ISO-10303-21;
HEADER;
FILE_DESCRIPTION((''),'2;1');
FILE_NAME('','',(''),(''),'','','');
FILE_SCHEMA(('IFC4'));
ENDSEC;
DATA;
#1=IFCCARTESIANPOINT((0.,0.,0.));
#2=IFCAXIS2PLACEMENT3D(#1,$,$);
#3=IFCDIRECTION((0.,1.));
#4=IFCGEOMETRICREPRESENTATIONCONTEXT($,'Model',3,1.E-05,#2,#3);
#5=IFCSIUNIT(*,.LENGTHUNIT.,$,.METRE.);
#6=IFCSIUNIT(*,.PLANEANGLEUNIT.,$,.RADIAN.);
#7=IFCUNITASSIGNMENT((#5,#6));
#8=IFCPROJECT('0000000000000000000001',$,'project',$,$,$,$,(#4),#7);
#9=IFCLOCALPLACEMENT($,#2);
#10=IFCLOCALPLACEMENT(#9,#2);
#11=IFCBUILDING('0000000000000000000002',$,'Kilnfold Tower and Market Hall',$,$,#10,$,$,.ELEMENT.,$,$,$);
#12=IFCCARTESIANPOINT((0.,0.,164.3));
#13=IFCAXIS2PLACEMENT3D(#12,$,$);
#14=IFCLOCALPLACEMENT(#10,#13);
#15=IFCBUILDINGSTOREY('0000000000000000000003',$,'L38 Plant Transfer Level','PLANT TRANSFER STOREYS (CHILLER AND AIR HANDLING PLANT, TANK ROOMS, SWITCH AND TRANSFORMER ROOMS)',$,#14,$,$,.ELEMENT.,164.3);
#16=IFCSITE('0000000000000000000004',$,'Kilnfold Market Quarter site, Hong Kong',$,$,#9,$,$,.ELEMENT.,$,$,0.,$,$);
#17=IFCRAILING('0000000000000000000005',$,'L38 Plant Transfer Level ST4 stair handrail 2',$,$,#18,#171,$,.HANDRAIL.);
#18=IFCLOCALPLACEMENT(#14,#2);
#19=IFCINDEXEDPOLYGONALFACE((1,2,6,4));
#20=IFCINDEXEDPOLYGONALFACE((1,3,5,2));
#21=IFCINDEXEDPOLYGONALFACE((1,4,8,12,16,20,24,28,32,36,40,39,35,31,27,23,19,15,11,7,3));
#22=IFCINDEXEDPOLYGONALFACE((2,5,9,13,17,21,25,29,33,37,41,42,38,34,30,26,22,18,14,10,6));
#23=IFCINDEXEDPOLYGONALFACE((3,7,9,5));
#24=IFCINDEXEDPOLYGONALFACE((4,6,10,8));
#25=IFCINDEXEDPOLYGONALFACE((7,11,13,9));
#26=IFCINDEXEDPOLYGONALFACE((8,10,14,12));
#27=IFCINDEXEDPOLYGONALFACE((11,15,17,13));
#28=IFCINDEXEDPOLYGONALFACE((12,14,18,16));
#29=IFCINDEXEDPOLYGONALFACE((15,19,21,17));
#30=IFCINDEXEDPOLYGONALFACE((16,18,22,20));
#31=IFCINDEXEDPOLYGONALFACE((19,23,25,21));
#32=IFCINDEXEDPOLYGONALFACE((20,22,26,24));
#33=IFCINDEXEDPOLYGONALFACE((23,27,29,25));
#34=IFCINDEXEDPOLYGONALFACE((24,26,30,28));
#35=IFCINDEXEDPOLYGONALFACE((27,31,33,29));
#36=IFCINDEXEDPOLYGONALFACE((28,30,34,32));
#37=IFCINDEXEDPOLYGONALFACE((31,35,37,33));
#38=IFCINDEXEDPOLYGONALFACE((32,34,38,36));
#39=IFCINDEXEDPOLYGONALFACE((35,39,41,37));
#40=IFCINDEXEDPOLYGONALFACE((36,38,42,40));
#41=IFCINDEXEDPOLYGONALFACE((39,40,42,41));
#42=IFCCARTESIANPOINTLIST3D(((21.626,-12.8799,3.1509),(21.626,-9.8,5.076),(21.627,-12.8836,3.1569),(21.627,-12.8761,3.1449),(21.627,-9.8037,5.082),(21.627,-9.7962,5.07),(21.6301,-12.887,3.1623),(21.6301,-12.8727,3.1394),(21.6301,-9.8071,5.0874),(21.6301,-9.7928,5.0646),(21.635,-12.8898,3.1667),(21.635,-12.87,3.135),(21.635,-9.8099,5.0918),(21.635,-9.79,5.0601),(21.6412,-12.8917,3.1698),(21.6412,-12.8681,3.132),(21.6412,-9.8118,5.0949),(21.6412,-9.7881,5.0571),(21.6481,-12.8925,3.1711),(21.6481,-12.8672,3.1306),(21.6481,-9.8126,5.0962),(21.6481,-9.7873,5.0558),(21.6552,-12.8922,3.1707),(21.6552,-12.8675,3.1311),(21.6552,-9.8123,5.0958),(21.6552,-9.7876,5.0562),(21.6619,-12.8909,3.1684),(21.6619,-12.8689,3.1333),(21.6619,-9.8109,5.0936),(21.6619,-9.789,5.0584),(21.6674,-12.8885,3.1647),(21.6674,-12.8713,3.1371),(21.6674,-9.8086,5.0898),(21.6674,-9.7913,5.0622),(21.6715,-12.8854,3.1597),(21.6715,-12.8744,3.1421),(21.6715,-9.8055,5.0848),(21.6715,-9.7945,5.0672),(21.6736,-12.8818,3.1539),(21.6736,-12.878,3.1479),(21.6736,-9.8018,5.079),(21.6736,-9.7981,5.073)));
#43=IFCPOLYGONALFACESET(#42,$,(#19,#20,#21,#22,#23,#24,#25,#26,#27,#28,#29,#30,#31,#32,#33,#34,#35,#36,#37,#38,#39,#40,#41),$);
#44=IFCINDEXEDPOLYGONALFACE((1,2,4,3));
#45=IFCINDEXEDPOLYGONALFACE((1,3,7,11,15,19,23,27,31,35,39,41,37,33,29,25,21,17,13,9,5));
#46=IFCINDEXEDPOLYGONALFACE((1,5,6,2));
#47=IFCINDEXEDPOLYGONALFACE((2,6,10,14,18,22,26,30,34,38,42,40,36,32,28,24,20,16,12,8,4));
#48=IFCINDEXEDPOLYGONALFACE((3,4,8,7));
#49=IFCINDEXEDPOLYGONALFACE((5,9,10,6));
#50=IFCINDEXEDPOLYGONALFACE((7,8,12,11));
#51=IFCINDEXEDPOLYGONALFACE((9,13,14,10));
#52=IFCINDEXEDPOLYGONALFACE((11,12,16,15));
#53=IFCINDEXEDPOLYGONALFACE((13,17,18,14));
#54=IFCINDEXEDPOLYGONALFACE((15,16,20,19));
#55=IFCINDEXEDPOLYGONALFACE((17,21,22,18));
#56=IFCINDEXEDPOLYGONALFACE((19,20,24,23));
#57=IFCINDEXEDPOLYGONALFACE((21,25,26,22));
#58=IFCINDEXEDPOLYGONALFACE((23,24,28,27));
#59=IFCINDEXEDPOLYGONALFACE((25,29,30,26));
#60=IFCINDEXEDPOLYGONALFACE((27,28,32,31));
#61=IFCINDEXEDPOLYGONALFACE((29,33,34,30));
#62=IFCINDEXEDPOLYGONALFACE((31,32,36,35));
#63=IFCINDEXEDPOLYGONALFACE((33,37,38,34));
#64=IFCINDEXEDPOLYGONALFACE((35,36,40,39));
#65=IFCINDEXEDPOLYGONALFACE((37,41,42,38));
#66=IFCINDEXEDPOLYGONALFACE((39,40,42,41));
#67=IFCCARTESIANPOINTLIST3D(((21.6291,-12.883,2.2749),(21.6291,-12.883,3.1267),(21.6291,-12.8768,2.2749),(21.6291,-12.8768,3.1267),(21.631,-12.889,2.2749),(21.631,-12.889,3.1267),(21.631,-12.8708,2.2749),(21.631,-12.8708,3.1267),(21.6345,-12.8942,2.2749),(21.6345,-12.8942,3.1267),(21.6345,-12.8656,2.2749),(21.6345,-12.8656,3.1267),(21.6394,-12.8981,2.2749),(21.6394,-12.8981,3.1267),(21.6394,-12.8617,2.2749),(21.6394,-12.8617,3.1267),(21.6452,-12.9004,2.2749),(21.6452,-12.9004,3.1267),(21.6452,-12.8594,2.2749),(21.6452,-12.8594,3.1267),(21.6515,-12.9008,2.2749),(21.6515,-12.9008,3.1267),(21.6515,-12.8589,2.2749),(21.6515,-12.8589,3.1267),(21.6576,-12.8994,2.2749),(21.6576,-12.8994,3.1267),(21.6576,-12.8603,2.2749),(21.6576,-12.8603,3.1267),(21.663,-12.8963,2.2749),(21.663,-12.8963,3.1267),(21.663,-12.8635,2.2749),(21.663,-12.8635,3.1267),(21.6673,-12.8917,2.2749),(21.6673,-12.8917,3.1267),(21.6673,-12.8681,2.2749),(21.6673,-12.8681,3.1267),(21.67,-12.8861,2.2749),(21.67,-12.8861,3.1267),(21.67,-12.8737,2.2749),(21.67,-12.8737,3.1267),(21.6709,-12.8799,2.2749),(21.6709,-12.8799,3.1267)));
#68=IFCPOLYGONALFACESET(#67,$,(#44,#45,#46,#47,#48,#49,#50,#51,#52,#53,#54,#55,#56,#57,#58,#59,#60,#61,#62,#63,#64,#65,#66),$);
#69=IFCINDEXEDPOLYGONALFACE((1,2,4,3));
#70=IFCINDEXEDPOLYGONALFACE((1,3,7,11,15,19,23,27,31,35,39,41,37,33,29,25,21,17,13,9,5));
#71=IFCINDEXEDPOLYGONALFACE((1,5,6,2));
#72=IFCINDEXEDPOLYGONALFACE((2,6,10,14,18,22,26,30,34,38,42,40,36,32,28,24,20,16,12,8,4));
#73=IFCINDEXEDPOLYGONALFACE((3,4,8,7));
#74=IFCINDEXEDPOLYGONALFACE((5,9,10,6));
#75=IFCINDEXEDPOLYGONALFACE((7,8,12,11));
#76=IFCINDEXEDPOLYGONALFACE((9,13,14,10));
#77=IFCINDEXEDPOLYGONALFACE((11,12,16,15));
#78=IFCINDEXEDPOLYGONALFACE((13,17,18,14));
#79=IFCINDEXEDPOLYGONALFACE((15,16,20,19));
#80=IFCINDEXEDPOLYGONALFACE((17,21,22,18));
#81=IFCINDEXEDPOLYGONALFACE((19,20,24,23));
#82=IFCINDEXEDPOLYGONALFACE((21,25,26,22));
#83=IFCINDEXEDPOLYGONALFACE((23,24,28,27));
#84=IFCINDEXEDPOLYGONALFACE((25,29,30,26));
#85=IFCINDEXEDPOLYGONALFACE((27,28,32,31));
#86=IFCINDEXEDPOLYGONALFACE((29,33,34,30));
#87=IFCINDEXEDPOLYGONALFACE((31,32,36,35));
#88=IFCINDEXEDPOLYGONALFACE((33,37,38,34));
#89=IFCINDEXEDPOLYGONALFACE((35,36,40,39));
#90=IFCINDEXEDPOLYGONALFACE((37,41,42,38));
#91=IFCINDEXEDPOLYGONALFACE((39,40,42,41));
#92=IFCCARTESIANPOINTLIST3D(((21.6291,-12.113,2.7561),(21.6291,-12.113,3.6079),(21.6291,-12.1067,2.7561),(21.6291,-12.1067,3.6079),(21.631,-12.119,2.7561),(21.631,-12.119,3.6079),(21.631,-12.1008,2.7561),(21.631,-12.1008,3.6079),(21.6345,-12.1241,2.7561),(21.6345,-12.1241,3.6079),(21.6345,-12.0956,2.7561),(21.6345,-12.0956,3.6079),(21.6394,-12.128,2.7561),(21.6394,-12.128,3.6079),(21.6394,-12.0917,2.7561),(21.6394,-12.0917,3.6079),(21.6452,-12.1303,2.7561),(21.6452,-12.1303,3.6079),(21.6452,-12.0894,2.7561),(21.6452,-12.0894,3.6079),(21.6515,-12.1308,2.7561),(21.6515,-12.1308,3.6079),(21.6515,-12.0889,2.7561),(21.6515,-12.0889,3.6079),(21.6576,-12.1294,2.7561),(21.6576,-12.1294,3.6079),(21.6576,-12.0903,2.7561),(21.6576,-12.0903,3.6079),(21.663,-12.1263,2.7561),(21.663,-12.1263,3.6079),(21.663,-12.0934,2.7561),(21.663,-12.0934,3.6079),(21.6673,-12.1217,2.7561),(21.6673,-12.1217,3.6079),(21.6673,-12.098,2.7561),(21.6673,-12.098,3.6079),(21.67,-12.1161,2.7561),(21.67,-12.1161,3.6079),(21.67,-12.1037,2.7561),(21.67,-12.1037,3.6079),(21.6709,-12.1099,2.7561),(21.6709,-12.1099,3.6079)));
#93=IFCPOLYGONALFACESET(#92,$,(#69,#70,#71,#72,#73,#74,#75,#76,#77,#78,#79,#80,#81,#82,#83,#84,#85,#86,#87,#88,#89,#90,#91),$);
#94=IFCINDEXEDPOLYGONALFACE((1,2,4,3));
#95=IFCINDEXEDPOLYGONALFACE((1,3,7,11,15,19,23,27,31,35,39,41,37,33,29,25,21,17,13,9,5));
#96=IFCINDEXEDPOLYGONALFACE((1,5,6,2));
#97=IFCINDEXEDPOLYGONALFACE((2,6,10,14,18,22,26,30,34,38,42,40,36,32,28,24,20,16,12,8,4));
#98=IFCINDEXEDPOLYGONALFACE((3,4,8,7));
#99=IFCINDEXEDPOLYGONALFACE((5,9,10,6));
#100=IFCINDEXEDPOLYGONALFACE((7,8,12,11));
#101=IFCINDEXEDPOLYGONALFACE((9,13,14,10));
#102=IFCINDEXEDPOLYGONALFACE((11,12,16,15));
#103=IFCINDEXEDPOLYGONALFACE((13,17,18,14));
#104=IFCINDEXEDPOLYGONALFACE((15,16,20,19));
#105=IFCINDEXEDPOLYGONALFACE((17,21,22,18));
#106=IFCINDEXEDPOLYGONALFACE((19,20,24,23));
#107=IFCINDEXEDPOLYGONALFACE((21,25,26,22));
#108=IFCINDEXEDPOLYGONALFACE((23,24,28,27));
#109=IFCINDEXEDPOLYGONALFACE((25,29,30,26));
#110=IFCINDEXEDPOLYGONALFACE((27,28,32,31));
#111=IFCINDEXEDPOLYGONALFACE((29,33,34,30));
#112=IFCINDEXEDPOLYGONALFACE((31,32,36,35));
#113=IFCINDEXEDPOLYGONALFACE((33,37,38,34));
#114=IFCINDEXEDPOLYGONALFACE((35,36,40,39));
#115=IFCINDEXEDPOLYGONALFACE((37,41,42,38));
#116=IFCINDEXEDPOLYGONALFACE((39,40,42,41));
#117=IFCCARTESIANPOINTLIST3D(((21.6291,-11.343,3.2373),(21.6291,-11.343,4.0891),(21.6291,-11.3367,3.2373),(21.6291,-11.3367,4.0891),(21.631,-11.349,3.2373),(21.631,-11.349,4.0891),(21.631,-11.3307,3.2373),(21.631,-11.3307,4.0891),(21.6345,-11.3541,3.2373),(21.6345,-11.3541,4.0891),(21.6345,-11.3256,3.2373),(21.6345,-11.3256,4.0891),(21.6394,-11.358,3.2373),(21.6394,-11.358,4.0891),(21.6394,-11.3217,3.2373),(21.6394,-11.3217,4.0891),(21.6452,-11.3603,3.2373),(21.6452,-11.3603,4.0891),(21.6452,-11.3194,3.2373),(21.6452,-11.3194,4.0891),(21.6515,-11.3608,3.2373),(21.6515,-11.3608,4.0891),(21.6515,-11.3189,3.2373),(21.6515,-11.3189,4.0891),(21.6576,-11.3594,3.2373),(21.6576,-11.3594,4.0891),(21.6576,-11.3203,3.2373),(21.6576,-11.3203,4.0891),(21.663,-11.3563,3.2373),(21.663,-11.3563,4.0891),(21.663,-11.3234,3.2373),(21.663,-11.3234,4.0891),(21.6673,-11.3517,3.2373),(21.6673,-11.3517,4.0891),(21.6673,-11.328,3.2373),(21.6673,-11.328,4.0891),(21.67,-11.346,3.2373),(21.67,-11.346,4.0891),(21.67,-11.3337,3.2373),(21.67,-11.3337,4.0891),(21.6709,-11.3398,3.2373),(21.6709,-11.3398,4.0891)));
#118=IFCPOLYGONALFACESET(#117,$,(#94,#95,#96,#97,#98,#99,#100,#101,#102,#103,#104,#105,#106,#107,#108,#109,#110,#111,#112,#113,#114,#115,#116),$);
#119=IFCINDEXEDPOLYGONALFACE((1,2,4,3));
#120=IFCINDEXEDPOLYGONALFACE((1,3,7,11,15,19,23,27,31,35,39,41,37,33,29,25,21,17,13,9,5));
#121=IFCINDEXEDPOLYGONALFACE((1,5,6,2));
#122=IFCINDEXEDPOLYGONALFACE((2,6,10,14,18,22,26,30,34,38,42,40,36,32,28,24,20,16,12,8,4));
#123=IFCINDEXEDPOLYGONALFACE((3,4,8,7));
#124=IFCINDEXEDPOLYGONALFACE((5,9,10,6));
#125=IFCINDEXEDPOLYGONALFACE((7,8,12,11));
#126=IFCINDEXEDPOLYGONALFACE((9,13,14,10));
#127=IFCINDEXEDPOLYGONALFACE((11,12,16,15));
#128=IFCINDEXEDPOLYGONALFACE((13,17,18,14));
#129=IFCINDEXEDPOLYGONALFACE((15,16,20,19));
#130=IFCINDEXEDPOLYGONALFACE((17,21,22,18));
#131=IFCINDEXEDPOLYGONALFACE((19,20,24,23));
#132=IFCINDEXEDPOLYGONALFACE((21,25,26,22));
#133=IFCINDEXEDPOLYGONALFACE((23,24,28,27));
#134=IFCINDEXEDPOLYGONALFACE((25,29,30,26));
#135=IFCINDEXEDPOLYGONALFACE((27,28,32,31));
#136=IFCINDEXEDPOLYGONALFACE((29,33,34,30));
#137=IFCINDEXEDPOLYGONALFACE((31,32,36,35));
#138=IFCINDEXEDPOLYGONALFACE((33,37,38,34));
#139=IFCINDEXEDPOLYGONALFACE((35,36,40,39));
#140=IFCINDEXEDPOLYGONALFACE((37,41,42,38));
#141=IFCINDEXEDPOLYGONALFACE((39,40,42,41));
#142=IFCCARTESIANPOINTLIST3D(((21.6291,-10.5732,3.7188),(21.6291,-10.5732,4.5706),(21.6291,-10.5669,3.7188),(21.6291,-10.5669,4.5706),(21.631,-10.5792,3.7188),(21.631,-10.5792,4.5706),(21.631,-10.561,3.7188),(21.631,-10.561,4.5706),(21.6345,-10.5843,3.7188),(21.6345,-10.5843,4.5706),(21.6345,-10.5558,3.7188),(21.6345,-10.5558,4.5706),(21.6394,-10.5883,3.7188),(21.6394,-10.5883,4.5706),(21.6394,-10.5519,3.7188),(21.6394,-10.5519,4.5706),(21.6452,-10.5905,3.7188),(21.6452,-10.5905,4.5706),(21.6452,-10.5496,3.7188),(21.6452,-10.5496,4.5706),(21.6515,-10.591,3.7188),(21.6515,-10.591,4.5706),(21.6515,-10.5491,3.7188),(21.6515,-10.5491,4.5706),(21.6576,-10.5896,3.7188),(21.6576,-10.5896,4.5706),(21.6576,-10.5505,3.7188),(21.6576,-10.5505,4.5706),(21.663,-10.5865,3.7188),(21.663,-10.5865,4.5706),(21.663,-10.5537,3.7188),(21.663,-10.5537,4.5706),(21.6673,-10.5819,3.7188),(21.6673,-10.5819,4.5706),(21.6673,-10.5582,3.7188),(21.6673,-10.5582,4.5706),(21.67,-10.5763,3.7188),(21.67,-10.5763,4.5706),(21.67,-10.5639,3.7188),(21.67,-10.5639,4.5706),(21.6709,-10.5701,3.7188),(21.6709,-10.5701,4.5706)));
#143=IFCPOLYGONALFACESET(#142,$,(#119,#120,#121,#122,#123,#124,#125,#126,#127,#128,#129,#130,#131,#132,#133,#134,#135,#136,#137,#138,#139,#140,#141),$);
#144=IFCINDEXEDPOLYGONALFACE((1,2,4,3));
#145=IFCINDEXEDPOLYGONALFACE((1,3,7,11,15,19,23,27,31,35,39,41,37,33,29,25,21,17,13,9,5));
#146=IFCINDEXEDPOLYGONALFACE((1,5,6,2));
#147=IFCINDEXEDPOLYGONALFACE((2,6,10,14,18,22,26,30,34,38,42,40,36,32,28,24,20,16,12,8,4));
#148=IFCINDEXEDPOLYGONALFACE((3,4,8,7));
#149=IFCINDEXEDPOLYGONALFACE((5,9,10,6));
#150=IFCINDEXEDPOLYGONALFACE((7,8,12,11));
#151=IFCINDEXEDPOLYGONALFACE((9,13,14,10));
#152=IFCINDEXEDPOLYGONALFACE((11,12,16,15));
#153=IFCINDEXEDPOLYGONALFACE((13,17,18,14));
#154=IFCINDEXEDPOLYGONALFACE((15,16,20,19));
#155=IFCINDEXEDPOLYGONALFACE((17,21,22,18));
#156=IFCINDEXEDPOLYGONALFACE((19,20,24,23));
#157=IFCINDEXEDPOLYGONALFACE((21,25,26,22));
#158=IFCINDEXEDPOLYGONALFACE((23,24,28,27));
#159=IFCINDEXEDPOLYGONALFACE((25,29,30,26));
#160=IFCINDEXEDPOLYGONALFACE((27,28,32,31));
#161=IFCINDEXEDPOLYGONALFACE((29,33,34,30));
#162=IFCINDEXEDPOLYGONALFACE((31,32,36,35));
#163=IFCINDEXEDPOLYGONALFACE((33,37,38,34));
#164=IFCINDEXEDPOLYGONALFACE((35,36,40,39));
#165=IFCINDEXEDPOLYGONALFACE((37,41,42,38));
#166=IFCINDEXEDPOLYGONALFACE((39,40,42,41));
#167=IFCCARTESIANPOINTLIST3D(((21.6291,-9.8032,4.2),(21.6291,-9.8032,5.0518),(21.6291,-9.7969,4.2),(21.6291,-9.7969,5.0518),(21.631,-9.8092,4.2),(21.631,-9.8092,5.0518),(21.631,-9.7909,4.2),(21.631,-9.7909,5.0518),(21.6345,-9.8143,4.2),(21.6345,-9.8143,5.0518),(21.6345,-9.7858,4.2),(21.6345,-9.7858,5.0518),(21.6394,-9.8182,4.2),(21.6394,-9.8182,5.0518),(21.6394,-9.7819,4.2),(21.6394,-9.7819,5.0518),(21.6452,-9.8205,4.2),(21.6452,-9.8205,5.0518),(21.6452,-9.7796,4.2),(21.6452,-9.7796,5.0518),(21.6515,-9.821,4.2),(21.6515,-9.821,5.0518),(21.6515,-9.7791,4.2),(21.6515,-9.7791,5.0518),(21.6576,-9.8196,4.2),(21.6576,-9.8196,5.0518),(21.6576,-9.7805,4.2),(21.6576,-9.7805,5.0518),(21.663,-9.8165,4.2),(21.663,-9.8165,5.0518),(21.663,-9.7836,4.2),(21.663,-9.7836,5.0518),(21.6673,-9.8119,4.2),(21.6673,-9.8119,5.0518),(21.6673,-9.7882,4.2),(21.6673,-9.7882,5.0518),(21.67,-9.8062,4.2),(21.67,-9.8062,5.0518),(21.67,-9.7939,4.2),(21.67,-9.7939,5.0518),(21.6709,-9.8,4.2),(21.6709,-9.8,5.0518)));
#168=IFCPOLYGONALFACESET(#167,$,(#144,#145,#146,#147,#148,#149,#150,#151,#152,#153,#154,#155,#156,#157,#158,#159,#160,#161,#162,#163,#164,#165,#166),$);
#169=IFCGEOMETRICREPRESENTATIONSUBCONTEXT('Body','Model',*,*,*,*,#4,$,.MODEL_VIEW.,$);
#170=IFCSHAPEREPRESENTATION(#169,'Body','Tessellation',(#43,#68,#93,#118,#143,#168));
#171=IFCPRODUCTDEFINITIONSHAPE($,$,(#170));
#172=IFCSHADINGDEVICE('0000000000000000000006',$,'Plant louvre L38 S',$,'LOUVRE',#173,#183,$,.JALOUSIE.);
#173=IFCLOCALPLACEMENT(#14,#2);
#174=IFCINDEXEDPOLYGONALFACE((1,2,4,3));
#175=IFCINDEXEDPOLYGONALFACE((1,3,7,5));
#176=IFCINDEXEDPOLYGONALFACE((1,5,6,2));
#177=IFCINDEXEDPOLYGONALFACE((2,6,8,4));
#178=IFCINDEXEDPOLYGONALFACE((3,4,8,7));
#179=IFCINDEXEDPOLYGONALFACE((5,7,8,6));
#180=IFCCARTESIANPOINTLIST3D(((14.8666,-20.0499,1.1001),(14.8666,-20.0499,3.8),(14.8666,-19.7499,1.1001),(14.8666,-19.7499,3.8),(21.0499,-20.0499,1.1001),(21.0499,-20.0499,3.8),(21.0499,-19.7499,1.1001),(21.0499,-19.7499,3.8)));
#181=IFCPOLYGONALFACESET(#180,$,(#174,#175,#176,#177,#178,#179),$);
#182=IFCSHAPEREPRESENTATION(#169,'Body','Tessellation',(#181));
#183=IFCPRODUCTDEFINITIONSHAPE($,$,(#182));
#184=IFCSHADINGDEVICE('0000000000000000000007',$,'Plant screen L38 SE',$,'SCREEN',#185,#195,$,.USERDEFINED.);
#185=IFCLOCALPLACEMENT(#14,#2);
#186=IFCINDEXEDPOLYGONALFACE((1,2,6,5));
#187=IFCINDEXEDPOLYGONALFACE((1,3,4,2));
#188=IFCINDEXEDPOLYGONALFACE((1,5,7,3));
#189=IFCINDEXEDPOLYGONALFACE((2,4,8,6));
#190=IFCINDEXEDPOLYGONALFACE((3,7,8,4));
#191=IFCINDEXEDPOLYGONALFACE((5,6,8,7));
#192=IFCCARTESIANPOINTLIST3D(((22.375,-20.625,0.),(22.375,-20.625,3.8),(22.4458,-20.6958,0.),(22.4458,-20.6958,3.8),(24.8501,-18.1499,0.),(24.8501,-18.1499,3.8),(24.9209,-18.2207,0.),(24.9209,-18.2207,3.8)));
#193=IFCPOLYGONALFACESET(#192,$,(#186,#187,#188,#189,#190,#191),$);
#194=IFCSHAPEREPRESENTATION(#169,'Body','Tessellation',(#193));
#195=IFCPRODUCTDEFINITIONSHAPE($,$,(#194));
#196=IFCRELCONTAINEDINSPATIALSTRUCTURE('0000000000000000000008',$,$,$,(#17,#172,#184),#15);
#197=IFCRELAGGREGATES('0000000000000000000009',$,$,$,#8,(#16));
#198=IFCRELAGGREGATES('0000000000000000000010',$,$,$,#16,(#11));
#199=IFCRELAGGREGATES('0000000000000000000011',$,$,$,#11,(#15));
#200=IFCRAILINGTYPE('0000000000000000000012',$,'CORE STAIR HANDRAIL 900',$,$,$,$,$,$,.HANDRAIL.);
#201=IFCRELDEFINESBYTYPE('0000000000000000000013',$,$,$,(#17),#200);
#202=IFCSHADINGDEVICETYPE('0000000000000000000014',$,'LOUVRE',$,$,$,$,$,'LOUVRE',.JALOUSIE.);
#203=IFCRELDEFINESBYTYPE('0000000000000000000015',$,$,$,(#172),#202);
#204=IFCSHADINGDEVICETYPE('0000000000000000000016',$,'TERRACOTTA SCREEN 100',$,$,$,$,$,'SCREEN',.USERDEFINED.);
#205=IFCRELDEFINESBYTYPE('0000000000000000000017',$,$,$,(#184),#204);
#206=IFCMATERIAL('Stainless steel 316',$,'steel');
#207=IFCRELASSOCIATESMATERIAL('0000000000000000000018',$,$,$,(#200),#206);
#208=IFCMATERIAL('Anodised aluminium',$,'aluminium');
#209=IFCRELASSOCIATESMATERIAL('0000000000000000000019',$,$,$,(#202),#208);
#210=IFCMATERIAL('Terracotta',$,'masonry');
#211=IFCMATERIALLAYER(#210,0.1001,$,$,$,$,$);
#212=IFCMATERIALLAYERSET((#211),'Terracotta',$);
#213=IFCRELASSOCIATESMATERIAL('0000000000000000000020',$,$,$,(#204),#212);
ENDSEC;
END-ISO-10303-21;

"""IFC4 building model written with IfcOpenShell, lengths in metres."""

from ifc_helpers import new_model, si_unit, direction, frame, origin, origin_2d, place, context, subcontext, project, spatial, rectangle, circle, extrude, source, transform, mapped, material, layer, layer_set, type_object, element, save


model = new_model("IFC4")

# Units and contexts
model_context = context("Model", 3, precision=1e-05, world=origin(), true_north=direction((0.0, 1.0)))
body_context = subcontext(model_context, "Body", "Model", "MODEL_VIEW")
ifc_project = project(units=[si_unit("LENGTHUNIT", "METRE"), si_unit("PLANEANGLEUNIT", "RADIAN")], contexts=[model_context])

# Site, building, storey
site_placement = place(None, origin())
site = spatial("IfcSite", under=ifc_project, at=site_placement, Name="Kilnfold Market Quarter site, Hong Kong", CompositionType="ELEMENT", RefElevation=0.0)
building_placement = place(site_placement, origin())
building = spatial("IfcBuilding", under=site, at=building_placement, Name="Kilnfold Tower and Market Hall", CompositionType="ELEMENT")
storey_placement = place(building_placement, frame((0.0, 0.0, 164.3)))
storey = spatial("IfcBuildingStorey", under=building, at=storey_placement, Name="L38 Plant Transfer Level", Description="PLANT TRANSFER STOREYS (CHILLER AND AIR HANDLING PLANT, TANK ROOMS, SWITCH AND TRANSFORMER ROOMS)", CompositionType="ELEMENT", Elevation=164.3)

# Railing
ifc_material_1 = material(Name="Stainless steel 316", Category="steel")
railing_type_1 = type_object("IfcRailingType", Name="CORE STAIR HANDRAIL 900", PredefinedType="HANDRAIL", material=ifc_material_1)
railing_1_placement = place(storey_placement, frame((21.6499, -12.8799, 2.2749)))
element("IfcRailing", 1, at=railing_1_placement, inside=storey, type_object=railing_type_1, Name="L38 Plant Transfer Level ST4 stair handrail 2", PredefinedType="HANDRAIL", context=body_context, shape_type="SweptSolid", body=[
    extrude(circle(Radius=0.0239, at=origin_2d()), frame((0.0, 0.0, 0.876), z_axis=(0.0, 0.847979, 0.530029), x_axis=(-1.0, 0.0, 0.0)), (0.0, 0.0, 1.0), 3.6321),
    extrude(circle(Radius=0.021, at=origin_2d()), origin(), (0.0, 0.0, 1.0), 0.8518),
    extrude(circle(Radius=0.021, at=origin_2d()), frame((0.0, 0.77, 0.4812)), (0.0, 0.0, 1.0), 0.8518),
    extrude(circle(Radius=0.021, at=origin_2d()), frame((0.0, 1.54, 0.9624)), (0.0, 0.0, 1.0), 0.8518),
    extrude(circle(Radius=0.021, at=origin_2d()), frame((0.0, 2.3098, 1.4438)), (0.0, 0.0, 1.0), 0.8518),
    extrude(circle(Radius=0.021, at=origin_2d()), frame((0.0, 3.0798, 1.925)), (0.0, 0.0, 1.0), 0.8518),
])

# Shading devices
ifc_material_2 = material(Name="Anodised aluminium", Category="aluminium")
shading_device_type_1 = type_object("IfcShadingDeviceType", Name="LOUVRE", ElementType="LOUVRE", PredefinedType="JALOUSIE", material=ifc_material_2)
shared_shape_1 = source(origin(), body_context, "Body", "SweptSolid", [
    extrude(rectangle(XDim=6.1833, YDim=0.3, at=origin_2d()), origin(), (0.0, 0.0, 1.0), 2.7),
])
shading_device_1_placement = place(storey_placement, frame((17.9583, -19.8999, 1.1001), z_axis=(0.0, 0.0, 1.0), x_axis=(1.0, 0.0, 0.0)))
element("IfcShadingDevice", 2, at=shading_device_1_placement, inside=storey, type_object=shading_device_type_1, Name="Plant louvre L38 S", ObjectType="LOUVRE", PredefinedType="JALOUSIE", context=body_context, shape_type="MappedRepresentation", body=[
    mapped(shared_shape_1, transform((0.0, 0.0, 0.0))),
])
ifc_material_3 = material(Name="Terracotta", Category="masonry")
ifc_layer_1 = layer(ifc_material_3, 0.1001)
ifc_layer_set_1 = layer_set([ifc_layer_1], Name="Terracotta")
shading_device_type_2 = type_object("IfcShadingDeviceType", Name="TERRACOTTA SCREEN 100", ElementType="SCREEN", PredefinedType="USERDEFINED", material=ifc_layer_set_1)
shared_shape_2 = source(origin(), body_context, "Body", "SweptSolid", [
    extrude(rectangle(XDim=3.5002, YDim=0.1001, at=origin_2d()), origin(), (0.0, 0.0, 1.0), 3.8),
])
shading_device_2_placement = place(storey_placement, frame((23.6479, -19.4229, 0.0), z_axis=(0.0, 0.0, 1.0), x_axis=(0.707107, 0.707107, 0.0)))
element("IfcShadingDevice", 3, at=shading_device_2_placement, inside=storey, type_object=shading_device_type_2, Name="Plant screen L38 SE", ObjectType="SCREEN", PredefinedType="USERDEFINED", context=body_context, shape_type="MappedRepresentation", body=[
    mapped(shared_shape_2, transform((0.0, 0.0, 0.0))),
])

save(model, "model.ifc")
